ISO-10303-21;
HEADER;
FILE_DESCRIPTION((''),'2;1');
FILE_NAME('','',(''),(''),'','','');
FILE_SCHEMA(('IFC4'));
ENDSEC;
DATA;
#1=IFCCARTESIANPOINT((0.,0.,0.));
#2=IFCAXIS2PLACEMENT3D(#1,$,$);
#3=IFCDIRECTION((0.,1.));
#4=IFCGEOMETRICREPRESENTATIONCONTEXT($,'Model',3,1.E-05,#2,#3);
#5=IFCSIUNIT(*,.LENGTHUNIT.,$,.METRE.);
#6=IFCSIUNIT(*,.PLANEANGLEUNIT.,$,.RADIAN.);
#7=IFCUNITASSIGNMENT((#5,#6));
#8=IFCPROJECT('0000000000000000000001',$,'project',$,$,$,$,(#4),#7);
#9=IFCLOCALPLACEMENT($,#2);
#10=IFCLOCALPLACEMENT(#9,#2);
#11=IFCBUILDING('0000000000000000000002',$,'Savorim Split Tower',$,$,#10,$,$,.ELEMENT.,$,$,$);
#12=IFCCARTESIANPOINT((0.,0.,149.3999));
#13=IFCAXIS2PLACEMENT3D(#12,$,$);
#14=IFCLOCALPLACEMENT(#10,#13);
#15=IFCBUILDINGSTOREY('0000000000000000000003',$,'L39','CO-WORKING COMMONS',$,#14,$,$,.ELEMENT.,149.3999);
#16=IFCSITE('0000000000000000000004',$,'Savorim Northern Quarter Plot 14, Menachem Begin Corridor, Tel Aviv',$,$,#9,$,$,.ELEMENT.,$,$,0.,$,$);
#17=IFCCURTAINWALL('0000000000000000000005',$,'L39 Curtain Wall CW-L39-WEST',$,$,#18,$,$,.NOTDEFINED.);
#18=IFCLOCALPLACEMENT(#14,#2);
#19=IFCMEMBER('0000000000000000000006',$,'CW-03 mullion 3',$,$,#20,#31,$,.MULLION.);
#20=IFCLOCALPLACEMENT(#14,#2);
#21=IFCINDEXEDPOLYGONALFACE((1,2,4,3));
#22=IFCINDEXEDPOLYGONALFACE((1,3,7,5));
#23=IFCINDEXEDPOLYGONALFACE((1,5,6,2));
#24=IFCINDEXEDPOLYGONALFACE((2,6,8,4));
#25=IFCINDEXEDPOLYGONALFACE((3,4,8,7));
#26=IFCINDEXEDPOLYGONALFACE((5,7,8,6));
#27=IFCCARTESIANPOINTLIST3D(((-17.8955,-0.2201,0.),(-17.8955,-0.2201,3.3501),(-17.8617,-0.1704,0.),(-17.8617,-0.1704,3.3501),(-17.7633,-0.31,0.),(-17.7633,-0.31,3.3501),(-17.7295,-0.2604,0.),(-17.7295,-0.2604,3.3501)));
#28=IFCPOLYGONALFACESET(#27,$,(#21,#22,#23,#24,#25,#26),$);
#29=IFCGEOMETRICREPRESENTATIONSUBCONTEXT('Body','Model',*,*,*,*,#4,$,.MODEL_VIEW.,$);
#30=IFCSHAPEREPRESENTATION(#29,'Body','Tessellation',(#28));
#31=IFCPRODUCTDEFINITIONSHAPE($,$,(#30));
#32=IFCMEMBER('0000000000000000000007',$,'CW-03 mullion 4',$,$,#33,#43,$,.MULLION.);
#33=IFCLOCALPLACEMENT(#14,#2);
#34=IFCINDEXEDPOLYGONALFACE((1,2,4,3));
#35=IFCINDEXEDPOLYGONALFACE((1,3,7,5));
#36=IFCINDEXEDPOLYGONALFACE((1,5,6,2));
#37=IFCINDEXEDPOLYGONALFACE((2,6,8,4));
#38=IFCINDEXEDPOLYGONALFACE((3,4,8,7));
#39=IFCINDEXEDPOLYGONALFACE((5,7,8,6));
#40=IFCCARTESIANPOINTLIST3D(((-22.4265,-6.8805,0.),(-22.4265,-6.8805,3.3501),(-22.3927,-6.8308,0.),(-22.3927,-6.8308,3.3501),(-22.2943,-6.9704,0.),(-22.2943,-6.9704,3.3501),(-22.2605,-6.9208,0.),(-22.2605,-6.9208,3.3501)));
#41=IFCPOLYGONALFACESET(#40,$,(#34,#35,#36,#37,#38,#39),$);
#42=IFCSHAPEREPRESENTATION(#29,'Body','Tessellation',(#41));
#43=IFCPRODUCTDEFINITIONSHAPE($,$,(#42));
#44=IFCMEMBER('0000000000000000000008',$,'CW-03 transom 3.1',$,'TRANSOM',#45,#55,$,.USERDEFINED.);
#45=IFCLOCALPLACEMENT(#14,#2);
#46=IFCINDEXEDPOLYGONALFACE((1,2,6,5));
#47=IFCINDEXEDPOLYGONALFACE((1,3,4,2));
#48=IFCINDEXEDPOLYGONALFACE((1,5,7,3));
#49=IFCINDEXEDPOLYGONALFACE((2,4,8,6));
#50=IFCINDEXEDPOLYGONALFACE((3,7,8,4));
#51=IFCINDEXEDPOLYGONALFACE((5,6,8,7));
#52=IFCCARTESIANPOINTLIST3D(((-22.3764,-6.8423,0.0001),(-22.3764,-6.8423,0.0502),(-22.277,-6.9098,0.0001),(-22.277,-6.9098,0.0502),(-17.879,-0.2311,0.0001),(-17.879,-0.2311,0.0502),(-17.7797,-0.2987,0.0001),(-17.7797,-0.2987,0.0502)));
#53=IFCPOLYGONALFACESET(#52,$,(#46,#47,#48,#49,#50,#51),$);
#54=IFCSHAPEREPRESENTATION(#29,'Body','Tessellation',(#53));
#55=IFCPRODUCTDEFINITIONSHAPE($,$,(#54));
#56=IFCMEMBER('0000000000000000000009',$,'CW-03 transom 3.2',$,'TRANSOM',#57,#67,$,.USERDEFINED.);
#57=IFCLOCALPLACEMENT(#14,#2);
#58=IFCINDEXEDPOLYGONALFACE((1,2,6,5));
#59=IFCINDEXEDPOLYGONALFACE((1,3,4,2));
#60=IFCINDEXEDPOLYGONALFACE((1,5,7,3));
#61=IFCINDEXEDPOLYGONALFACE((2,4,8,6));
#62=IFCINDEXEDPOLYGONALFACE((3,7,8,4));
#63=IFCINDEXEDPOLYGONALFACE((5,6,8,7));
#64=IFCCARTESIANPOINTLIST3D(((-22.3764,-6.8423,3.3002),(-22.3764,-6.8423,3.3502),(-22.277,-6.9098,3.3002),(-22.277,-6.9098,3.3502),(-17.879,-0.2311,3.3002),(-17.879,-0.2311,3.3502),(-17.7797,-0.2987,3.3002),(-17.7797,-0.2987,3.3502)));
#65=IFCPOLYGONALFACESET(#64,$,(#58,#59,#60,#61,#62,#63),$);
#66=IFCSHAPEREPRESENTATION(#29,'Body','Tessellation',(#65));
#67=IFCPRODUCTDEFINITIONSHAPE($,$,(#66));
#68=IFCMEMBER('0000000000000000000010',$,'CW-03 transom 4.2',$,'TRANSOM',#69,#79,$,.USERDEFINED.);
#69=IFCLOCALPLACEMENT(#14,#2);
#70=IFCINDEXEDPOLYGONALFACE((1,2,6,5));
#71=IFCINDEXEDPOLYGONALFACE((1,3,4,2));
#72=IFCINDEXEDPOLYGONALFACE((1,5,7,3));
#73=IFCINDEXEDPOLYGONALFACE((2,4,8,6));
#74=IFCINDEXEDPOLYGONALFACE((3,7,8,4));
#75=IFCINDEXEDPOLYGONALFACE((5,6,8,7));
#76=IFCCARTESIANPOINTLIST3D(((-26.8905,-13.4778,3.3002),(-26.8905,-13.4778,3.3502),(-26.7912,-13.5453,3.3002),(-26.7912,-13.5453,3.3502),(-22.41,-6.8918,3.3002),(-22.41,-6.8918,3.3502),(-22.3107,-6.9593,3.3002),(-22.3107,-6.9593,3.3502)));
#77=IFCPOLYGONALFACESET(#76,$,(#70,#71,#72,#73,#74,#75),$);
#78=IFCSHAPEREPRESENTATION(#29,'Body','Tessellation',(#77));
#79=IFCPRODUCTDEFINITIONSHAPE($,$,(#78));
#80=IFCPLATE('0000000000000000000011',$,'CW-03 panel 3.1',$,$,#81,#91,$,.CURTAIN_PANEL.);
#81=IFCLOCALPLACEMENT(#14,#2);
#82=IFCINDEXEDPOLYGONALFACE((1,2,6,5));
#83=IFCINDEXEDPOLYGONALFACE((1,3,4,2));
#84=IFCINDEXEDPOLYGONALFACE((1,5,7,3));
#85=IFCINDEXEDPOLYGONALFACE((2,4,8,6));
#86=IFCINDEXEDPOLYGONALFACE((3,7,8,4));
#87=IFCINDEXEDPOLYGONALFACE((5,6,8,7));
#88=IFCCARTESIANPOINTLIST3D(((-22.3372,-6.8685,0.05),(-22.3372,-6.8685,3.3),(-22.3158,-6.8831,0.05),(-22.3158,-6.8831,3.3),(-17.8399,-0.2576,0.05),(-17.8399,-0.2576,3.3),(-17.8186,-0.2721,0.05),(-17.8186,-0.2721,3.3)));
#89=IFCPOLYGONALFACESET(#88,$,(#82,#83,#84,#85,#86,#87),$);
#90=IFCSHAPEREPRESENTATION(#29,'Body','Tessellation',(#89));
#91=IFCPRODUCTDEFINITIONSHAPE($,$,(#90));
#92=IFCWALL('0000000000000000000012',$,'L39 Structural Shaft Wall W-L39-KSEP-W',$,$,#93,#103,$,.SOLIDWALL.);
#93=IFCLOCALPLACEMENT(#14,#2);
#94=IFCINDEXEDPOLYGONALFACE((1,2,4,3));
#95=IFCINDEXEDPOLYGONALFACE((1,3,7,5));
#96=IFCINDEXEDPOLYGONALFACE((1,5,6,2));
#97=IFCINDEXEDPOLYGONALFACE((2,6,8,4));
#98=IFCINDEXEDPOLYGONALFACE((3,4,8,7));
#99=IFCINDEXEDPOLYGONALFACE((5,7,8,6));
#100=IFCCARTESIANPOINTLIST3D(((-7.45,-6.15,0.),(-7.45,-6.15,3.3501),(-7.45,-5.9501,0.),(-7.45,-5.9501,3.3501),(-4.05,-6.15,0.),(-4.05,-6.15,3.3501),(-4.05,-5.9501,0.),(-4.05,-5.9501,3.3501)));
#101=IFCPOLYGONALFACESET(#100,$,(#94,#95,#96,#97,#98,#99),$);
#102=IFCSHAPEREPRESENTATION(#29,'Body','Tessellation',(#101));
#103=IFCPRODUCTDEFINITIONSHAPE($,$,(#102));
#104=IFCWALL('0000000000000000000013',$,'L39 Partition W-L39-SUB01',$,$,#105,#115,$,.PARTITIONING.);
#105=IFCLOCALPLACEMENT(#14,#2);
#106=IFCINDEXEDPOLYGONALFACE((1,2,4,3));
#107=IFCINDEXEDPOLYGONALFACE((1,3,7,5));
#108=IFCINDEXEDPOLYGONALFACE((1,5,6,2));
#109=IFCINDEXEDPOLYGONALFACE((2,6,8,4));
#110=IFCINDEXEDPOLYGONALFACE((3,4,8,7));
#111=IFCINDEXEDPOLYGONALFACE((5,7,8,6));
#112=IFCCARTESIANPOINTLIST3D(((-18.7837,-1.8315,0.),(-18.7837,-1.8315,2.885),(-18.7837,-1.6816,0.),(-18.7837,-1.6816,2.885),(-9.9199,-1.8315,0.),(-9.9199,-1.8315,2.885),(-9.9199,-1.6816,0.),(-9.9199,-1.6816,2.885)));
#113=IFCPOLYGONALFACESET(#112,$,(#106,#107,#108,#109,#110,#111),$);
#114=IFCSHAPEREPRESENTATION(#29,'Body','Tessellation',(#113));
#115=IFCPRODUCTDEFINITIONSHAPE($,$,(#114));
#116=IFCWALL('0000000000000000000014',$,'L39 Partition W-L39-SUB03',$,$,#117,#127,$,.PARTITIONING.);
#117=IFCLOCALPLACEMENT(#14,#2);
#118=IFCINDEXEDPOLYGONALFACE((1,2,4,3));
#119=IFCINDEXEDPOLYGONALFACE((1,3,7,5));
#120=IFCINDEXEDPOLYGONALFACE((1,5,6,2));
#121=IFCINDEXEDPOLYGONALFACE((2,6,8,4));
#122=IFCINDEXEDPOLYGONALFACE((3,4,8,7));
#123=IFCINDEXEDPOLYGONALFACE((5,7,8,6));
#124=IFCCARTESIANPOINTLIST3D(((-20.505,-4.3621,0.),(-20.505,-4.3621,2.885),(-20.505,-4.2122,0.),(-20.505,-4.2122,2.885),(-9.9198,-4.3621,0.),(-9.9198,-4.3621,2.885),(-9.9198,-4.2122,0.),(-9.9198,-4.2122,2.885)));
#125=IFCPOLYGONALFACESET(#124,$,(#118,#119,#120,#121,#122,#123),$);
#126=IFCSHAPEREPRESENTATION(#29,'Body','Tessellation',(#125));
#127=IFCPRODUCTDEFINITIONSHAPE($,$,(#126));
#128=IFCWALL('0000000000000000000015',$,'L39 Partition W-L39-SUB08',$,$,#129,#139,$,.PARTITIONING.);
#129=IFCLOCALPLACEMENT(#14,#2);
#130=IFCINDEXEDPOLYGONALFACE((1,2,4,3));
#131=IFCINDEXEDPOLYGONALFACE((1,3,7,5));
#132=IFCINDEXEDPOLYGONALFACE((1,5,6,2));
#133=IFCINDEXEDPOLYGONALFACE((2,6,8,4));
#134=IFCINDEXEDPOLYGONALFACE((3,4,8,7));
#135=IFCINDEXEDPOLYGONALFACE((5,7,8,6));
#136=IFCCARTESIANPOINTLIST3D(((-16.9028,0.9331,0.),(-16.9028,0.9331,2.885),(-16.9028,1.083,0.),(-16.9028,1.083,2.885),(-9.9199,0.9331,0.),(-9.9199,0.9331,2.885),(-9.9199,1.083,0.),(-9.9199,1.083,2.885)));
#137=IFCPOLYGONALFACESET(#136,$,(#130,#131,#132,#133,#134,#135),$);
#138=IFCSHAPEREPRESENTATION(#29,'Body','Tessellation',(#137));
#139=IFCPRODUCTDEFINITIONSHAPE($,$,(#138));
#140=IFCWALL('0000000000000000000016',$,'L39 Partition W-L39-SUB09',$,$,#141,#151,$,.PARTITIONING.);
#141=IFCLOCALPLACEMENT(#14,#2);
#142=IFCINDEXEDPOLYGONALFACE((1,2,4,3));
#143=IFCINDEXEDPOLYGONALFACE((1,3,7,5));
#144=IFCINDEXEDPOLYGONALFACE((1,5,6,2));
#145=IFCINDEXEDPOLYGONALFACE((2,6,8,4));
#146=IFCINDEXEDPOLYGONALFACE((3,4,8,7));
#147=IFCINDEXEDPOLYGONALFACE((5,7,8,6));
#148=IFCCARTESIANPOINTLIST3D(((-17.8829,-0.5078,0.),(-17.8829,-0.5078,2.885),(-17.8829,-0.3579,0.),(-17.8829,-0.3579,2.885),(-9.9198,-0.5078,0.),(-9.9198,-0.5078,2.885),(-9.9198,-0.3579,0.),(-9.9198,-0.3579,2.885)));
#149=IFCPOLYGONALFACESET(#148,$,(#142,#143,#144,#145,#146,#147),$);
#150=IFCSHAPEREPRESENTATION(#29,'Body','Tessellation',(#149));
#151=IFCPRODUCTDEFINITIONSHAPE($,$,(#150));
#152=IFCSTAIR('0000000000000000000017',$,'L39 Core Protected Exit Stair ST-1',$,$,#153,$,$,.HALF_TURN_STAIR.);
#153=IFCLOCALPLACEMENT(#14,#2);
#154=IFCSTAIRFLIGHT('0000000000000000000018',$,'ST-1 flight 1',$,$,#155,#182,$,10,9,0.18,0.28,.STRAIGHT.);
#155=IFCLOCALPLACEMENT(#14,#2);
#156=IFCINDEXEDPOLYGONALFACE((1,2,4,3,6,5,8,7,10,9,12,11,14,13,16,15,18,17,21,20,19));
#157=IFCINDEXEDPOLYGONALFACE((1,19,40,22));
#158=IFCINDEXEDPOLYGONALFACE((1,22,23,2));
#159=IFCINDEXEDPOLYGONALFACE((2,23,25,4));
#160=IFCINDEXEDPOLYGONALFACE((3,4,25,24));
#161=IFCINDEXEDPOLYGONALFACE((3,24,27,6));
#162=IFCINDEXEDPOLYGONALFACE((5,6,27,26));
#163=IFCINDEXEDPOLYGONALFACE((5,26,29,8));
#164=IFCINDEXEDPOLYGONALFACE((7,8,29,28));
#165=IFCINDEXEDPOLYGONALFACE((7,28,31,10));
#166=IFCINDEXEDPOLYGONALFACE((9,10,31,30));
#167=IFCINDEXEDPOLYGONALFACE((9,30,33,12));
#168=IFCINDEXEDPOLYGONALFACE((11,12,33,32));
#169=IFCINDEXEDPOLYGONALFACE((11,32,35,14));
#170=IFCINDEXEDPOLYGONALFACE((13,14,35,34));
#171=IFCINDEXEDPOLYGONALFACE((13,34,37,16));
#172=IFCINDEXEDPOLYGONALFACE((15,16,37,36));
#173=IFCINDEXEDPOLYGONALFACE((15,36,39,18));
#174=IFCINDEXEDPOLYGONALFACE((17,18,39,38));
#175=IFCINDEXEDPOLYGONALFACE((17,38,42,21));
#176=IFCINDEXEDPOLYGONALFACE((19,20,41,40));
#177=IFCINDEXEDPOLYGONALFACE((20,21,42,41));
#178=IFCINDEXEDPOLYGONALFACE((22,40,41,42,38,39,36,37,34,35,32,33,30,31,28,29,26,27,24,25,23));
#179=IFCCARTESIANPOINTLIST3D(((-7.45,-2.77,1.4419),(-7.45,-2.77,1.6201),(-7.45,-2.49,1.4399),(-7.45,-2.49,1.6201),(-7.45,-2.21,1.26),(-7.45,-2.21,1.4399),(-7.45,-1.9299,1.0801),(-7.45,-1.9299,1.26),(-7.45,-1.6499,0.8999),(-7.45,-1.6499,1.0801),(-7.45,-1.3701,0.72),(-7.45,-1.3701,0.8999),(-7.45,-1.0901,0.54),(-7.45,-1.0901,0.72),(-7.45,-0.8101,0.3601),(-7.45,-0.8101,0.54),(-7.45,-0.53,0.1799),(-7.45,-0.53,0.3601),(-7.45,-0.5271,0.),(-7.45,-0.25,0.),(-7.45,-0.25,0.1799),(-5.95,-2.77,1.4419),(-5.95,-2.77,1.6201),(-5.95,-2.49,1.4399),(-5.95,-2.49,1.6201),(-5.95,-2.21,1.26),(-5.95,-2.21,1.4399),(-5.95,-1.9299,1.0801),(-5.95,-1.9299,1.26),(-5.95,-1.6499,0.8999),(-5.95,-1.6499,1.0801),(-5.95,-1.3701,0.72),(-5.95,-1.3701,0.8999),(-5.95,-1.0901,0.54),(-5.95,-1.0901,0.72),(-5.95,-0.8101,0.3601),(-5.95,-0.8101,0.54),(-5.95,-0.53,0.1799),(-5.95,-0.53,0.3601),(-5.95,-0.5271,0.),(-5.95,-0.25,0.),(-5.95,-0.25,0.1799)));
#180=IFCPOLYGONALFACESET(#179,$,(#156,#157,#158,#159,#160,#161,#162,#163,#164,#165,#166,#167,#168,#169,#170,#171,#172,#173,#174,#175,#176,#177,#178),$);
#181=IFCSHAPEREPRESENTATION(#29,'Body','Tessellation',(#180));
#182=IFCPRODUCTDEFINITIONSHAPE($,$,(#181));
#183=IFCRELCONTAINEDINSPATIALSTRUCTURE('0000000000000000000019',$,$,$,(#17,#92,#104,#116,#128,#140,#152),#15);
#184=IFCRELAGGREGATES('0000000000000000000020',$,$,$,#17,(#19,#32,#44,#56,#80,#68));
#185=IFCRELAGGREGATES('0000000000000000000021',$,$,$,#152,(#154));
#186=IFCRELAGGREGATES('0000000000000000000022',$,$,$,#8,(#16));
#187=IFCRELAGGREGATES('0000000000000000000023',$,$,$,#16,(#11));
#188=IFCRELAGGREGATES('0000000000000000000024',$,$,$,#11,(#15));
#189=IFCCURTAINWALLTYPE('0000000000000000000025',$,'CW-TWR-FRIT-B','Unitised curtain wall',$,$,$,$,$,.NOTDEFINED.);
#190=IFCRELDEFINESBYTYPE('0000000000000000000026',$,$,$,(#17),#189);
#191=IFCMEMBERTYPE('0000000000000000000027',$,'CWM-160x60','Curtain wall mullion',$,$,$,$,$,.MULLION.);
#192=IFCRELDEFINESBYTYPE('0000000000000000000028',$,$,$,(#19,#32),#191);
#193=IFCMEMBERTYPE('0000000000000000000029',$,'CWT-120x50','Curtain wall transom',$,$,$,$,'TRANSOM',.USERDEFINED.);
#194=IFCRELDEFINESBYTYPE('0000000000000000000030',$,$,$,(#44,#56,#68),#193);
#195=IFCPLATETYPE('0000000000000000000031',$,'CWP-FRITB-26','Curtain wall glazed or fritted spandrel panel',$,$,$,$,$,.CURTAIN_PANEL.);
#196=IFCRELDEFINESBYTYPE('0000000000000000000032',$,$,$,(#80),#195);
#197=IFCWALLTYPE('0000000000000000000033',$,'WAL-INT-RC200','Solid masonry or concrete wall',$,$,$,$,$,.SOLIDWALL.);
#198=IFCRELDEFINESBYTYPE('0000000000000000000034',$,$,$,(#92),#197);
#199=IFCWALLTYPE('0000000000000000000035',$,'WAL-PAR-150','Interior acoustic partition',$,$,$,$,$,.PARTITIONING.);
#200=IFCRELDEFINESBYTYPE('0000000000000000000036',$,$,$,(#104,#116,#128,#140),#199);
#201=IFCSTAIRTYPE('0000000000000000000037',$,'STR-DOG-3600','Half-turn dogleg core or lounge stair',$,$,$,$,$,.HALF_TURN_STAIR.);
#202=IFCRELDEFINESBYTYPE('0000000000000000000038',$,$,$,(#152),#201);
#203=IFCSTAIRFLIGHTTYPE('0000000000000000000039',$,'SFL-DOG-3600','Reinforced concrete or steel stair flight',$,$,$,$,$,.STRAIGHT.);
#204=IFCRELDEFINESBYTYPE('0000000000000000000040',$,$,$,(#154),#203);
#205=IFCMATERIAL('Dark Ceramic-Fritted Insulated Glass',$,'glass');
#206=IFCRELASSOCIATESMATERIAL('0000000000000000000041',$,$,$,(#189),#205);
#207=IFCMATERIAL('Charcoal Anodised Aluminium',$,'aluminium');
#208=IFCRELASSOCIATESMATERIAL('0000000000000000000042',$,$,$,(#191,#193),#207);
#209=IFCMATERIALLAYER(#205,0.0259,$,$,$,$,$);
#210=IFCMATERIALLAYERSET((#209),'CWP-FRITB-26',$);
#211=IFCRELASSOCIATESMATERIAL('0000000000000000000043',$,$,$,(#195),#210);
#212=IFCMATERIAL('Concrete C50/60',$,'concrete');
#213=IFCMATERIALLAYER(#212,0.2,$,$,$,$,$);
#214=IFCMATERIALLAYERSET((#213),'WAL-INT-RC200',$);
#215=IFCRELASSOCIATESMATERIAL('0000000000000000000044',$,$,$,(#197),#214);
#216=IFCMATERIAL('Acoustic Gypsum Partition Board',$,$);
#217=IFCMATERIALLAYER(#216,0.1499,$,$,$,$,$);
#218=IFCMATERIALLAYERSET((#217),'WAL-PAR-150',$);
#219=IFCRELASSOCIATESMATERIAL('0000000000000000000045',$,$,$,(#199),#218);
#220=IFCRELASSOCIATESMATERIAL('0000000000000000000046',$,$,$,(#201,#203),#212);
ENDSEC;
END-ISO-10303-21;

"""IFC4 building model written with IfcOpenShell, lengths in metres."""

from ifc_helpers import new_model, si_unit, direction, frame, frame_2d, origin, origin_2d, place, context, subcontext, project, spatial, polyline, rectangle, outline, extrude, material, layer, layer_set, material_profile, profile_set, type_object, element, aggregate, save


model = new_model("IFC4")

# Units and contexts
model_context = context("Model", 3, precision=1e-05, world=origin(), true_north=direction((0.0, 1.0)))
body_context = subcontext(model_context, "Body", "Model", "MODEL_VIEW")
ifc_project = project(units=[si_unit("LENGTHUNIT", "METRE"), si_unit("PLANEANGLEUNIT", "RADIAN")], contexts=[model_context])

# Site, building, storey
site_placement = place(None, origin())
site = spatial("IfcSite", under=ifc_project, at=site_placement, Name="Savorim Northern Quarter Plot 14, Menachem Begin Corridor, Tel Aviv", CompositionType="ELEMENT", RefElevation=0.0)
building_placement = place(site_placement, origin())
building = spatial("IfcBuilding", under=site, at=building_placement, Name="Savorim Split Tower", CompositionType="ELEMENT")
storey_placement = place(building_placement, frame((0.0, 0.0, 149.3999)))
storey = spatial("IfcBuildingStorey", under=building, at=storey_placement, Name="L39", Description="CO-WORKING COMMONS", CompositionType="ELEMENT", Elevation=149.3999)

# Curtain wall, members, plate
ifc_material_1 = material(Name="Dark Ceramic-Fritted Insulated Glass", Category="glass")
curtain_wall_type = type_object("IfcCurtainWallType", Name="CW-TWR-FRIT-B", Description="Unitised curtain wall", PredefinedType="NOTDEFINED", material=ifc_material_1)
curtain_wall_placement = place(storey_placement, origin())
curtain_wall = element("IfcCurtainWall", 1, at=curtain_wall_placement, inside=storey, type_object=curtain_wall_type, Name="L39 Curtain Wall CW-L39-WEST", PredefinedType="NOTDEFINED")
ifc_material_2 = material(Name="Charcoal Anodised Aluminium", Category="aluminium")
ifc_material_profile_1 = material_profile(ifc_material_2, rectangle(XDim=0.1599, YDim=0.0601, at=origin_2d()), Name="ALU-M 160x60")
ifc_profile_set_1 = profile_set([ifc_material_profile_1], Name="Charcoal Anodised Aluminium")
member_type_1 = type_object("IfcMemberType", Name="CWM-160x60", Description="Curtain wall mullion", PredefinedType="MULLION", material=ifc_profile_set_1)
member_1_placement = place(storey_placement, frame((-17.8125, -0.2402, 0.0), z_axis=(0.0, 0.0, 1.0), x_axis=(0.82682, -0.562466, 0.0)))
member_1 = element("IfcMember", 2, at=member_1_placement, type_object=member_type_1, Name="CW-03 mullion 3", PredefinedType="MULLION", context=body_context, shape_type="SweptSolid", body=[
    extrude(rectangle(XDim=0.1599, YDim=0.0601, at=origin_2d()), origin(), (0.0, 0.0, 1.0), 3.3501),
])
member_2_placement = place(storey_placement, frame((-22.3435, -6.9006, 0.0), z_axis=(0.0, 0.0, 1.0), x_axis=(0.82682, -0.562466, 0.0)))
member_2 = element("IfcMember", 3, at=member_2_placement, type_object=member_type_1, Name="CW-03 mullion 4", PredefinedType="MULLION", context=body_context, shape_type="SweptSolid", body=[
    extrude(rectangle(XDim=0.1599, YDim=0.0601, at=origin_2d()), origin(), (0.0, 0.0, 1.0), 3.3501),
])
ifc_material_profile_2 = material_profile(ifc_material_2, rectangle(XDim=0.1201, YDim=0.05, at=origin_2d()), Name="ALU-T 120x50")
ifc_profile_set_2 = profile_set([ifc_material_profile_2], Name="Charcoal Anodised Aluminium")
member_type_2 = type_object("IfcMemberType", Name="CWT-120x50", Description="Curtain wall transom", ElementType="TRANSOM", PredefinedType="USERDEFINED", material=ifc_profile_set_2)
member_3_placement = place(storey_placement, frame((-17.8293, -0.2649, 0.0251), z_axis=(-0.562462, -0.826823, 0.0), x_axis=(0.826823, -0.562462, 0.0)))
member_3 = element("IfcMember", 4, at=member_3_placement, type_object=member_type_2, Name="CW-03 transom 3.1", ObjectType="TRANSOM", PredefinedType="USERDEFINED", context=body_context, shape_type="SweptSolid", body=[
    extrude(rectangle(XDim=0.1201, YDim=0.05, at=origin_2d()), origin(), (0.0, 0.0, 1.0), 7.9958),
])
member_4_placement = place(storey_placement, frame((-17.8293, -0.2649, 3.3252), z_axis=(-0.562462, -0.826823, 0.0), x_axis=(0.826823, -0.562462, 0.0)))
member_4 = element("IfcMember", 5, at=member_4_placement, type_object=member_type_2, Name="CW-03 transom 3.2", ObjectType="TRANSOM", PredefinedType="USERDEFINED", context=body_context, shape_type="SweptSolid", body=[
    extrude(rectangle(XDim=0.1201, YDim=0.05, at=origin_2d()), origin(), (0.0, 0.0, 1.0), 7.9958),
])
member_5_placement = place(storey_placement, frame((-22.3604, -6.9255, 3.3252), z_axis=(-0.562484, -0.826808, 0.0), x_axis=(0.826808, -0.562484, 0.0)))
member_5 = element("IfcMember", 6, at=member_5_placement, type_object=member_type_2, Name="CW-03 transom 4.2", ObjectType="TRANSOM", PredefinedType="USERDEFINED", context=body_context, shape_type="SweptSolid", body=[
    extrude(rectangle(XDim=0.1201, YDim=0.05, at=origin_2d()), origin(), (0.0, 0.0, 1.0), 7.9656),
])
ifc_layer_1 = layer(ifc_material_1, 0.0259)
ifc_layer_set_1 = layer_set([ifc_layer_1], Name="CWP-FRITB-26")
plate_type = type_object("IfcPlateType", Name="CWP-FRITB-26", Description="Curtain wall glazed or fritted spandrel panel", PredefinedType="CURTAIN_PANEL", material=ifc_layer_set_1)
plate_placement = place(storey_placement, frame((-20.0779, -3.5703, 0.05), z_axis=(0.0, 0.0, 1.0), x_axis=(-0.562466, -0.82682, 0.0)))
plate = element("IfcPlate", 7, at=plate_placement, type_object=plate_type, Name="CW-03 panel 3.1", PredefinedType="CURTAIN_PANEL", context=body_context, shape_type="SweptSolid", body=[
    extrude(rectangle(XDim=7.9956, YDim=0.0259, at=origin_2d()), origin(), (0.0, 0.0, 1.0), 3.25),
])
aggregate(curtain_wall, [member_1, member_2, member_3, member_4, plate, member_5])

# Shared definitions
ifc_material_3 = material(Name="Concrete C50/60", Category="concrete")
ifc_layer_2 = layer(ifc_material_3, 0.2)
ifc_layer_set_2 = layer_set([ifc_layer_2], Name="WAL-INT-RC200")
wall_type_1 = type_object("IfcWallType", Name="WAL-INT-RC200", Description="Solid masonry or concrete wall", PredefinedType="SOLIDWALL", material=ifc_layer_set_2)

# Walls
wall_1_placement = place(storey_placement, frame((-7.45, -6.05, 0.0), z_axis=(0.0, 0.0, 1.0), x_axis=(1.0, 0.0, 0.0)))
element("IfcWall", 8, at=wall_1_placement, inside=storey, type_object=wall_type_1, Name="L39 Structural Shaft Wall W-L39-KSEP-W", PredefinedType="SOLIDWALL", context=body_context, shape_type="SweptSolid", body=[
    extrude(rectangle(XDim=3.3999, YDim=0.2, at=frame_2d((1.7, 0.0))), origin(), (0.0, 0.0, 1.0), 3.3501),
])
ifc_material_4 = material(Name="Acoustic Gypsum Partition Board")
ifc_layer_3 = layer(ifc_material_4, 0.1499)
ifc_layer_set_3 = layer_set([ifc_layer_3], Name="WAL-PAR-150")
wall_type_2 = type_object("IfcWallType", Name="WAL-PAR-150", Description="Interior acoustic partition", PredefinedType="PARTITIONING", material=ifc_layer_set_3)
wall_2_placement = place(storey_placement, frame((-9.9199, -1.7566, 0.0), z_axis=(0.0, 0.0, 1.0), x_axis=(-1.0, 0.0, 0.0)))
element("IfcWall", 9, at=wall_2_placement, inside=storey, type_object=wall_type_2, Name="L39 Partition W-L39-SUB01", PredefinedType="PARTITIONING", context=body_context, shape_type="SweptSolid", body=[
    extrude(rectangle(XDim=8.8638, YDim=0.1499, at=frame_2d((4.4319, 0.0))), origin(), (0.0, 0.0, 1.0), 2.885),
])
wall_3_placement = place(storey_placement, frame((-9.9199, -4.2871, 0.0), z_axis=(0.0, 0.0, 1.0), x_axis=(-1.0, 0.0, 0.0)))
element("IfcWall", 10, at=wall_3_placement, inside=storey, type_object=wall_type_2, Name="L39 Partition W-L39-SUB03", PredefinedType="PARTITIONING", context=body_context, shape_type="SweptSolid", body=[
    extrude(rectangle(XDim=10.5852, YDim=0.1499, at=frame_2d((5.2925, 0.0))), origin(), (0.0, 0.0, 1.0), 2.885),
])
wall_4_placement = place(storey_placement, frame((-9.9199, 1.0081, 0.0), z_axis=(0.0, 0.0, 1.0), x_axis=(-1.0, 0.0, 0.0)))
element("IfcWall", 11, at=wall_4_placement, inside=storey, type_object=wall_type_2, Name="L39 Partition W-L39-SUB08", PredefinedType="PARTITIONING", context=body_context, shape_type="SweptSolid", body=[
    extrude(rectangle(XDim=6.9829, YDim=0.1499, at=frame_2d((3.4915, 0.0))), origin(), (0.0, 0.0, 1.0), 2.885),
])
wall_5_placement = place(storey_placement, frame((-9.9199, -0.4329, 0.0), z_axis=(0.0, 0.0, 1.0), x_axis=(-1.0, 0.0, 0.0)))
element("IfcWall", 12, at=wall_5_placement, inside=storey, type_object=wall_type_2, Name="L39 Partition W-L39-SUB09", PredefinedType="PARTITIONING", context=body_context, shape_type="SweptSolid", body=[
    extrude(rectangle(XDim=7.9631, YDim=0.1499, at=frame_2d((3.9814, 0.0))), origin(), (0.0, 0.0, 1.0), 2.885),
])

# Stair, stair flight
stair_type = type_object("IfcStairType", Name="STR-DOG-3600", Description="Half-turn dogleg core or lounge stair", PredefinedType="HALF_TURN_STAIR", material=ifc_material_3)
stair_placement = place(storey_placement, origin())
stair = element("IfcStair", 13, at=stair_placement, inside=storey, type_object=stair_type, Name="L39 Core Protected Exit Stair ST-1", PredefinedType="HALF_TURN_STAIR")
stair_flight_type = type_object("IfcStairFlightType", Name="SFL-DOG-3600", Description="Reinforced concrete or steel stair flight", PredefinedType="STRAIGHT", material=ifc_material_3)
stair_flight_placement = place(storey_placement, frame((-6.7, -0.25, 0.0), z_axis=(0.0, 0.0, 1.0), x_axis=(0.0, -1.0, 0.0)))
stair_flight = element("IfcStairFlight", 14, at=stair_flight_placement, type_object=stair_flight_type, Name="ST-1 flight 1", NumberOfRisers=10, NumberOfTreads=9, PredefinedType="STRAIGHT", RiserHeight=0.18, TreadLength=0.28, context=body_context, shape_type="SweptSolid", body=[
    extrude(outline(polyline([(0.0, 0.0), (0.0, 0.1799), (0.28, 0.1799), (0.28, 0.3601), (0.5601, 0.3601), (0.5601, 0.54), (0.8401, 0.54), (0.8401, 0.72), (1.1201, 0.72), (1.1201, 0.8999), (1.3999, 0.8999), (1.3999, 1.0801), (1.6799, 1.0801), (1.6799, 1.26), (1.96, 1.26), (1.96, 1.4399), (2.24, 1.4399), (2.24, 1.6201), (2.52, 1.6201), (2.52, 1.8), (2.52, 1.4419), (0.2771, 0.0), (0.0, 0.0)])), frame((0.0, 0.75, 0.0), z_axis=(0.0, -1.0, 0.0), x_axis=(1.0, 0.0, 0.0)), (0.0, 0.0, 1.0), 1.5),
])
aggregate(stair, [stair_flight])

save(model, "model.ifc")
